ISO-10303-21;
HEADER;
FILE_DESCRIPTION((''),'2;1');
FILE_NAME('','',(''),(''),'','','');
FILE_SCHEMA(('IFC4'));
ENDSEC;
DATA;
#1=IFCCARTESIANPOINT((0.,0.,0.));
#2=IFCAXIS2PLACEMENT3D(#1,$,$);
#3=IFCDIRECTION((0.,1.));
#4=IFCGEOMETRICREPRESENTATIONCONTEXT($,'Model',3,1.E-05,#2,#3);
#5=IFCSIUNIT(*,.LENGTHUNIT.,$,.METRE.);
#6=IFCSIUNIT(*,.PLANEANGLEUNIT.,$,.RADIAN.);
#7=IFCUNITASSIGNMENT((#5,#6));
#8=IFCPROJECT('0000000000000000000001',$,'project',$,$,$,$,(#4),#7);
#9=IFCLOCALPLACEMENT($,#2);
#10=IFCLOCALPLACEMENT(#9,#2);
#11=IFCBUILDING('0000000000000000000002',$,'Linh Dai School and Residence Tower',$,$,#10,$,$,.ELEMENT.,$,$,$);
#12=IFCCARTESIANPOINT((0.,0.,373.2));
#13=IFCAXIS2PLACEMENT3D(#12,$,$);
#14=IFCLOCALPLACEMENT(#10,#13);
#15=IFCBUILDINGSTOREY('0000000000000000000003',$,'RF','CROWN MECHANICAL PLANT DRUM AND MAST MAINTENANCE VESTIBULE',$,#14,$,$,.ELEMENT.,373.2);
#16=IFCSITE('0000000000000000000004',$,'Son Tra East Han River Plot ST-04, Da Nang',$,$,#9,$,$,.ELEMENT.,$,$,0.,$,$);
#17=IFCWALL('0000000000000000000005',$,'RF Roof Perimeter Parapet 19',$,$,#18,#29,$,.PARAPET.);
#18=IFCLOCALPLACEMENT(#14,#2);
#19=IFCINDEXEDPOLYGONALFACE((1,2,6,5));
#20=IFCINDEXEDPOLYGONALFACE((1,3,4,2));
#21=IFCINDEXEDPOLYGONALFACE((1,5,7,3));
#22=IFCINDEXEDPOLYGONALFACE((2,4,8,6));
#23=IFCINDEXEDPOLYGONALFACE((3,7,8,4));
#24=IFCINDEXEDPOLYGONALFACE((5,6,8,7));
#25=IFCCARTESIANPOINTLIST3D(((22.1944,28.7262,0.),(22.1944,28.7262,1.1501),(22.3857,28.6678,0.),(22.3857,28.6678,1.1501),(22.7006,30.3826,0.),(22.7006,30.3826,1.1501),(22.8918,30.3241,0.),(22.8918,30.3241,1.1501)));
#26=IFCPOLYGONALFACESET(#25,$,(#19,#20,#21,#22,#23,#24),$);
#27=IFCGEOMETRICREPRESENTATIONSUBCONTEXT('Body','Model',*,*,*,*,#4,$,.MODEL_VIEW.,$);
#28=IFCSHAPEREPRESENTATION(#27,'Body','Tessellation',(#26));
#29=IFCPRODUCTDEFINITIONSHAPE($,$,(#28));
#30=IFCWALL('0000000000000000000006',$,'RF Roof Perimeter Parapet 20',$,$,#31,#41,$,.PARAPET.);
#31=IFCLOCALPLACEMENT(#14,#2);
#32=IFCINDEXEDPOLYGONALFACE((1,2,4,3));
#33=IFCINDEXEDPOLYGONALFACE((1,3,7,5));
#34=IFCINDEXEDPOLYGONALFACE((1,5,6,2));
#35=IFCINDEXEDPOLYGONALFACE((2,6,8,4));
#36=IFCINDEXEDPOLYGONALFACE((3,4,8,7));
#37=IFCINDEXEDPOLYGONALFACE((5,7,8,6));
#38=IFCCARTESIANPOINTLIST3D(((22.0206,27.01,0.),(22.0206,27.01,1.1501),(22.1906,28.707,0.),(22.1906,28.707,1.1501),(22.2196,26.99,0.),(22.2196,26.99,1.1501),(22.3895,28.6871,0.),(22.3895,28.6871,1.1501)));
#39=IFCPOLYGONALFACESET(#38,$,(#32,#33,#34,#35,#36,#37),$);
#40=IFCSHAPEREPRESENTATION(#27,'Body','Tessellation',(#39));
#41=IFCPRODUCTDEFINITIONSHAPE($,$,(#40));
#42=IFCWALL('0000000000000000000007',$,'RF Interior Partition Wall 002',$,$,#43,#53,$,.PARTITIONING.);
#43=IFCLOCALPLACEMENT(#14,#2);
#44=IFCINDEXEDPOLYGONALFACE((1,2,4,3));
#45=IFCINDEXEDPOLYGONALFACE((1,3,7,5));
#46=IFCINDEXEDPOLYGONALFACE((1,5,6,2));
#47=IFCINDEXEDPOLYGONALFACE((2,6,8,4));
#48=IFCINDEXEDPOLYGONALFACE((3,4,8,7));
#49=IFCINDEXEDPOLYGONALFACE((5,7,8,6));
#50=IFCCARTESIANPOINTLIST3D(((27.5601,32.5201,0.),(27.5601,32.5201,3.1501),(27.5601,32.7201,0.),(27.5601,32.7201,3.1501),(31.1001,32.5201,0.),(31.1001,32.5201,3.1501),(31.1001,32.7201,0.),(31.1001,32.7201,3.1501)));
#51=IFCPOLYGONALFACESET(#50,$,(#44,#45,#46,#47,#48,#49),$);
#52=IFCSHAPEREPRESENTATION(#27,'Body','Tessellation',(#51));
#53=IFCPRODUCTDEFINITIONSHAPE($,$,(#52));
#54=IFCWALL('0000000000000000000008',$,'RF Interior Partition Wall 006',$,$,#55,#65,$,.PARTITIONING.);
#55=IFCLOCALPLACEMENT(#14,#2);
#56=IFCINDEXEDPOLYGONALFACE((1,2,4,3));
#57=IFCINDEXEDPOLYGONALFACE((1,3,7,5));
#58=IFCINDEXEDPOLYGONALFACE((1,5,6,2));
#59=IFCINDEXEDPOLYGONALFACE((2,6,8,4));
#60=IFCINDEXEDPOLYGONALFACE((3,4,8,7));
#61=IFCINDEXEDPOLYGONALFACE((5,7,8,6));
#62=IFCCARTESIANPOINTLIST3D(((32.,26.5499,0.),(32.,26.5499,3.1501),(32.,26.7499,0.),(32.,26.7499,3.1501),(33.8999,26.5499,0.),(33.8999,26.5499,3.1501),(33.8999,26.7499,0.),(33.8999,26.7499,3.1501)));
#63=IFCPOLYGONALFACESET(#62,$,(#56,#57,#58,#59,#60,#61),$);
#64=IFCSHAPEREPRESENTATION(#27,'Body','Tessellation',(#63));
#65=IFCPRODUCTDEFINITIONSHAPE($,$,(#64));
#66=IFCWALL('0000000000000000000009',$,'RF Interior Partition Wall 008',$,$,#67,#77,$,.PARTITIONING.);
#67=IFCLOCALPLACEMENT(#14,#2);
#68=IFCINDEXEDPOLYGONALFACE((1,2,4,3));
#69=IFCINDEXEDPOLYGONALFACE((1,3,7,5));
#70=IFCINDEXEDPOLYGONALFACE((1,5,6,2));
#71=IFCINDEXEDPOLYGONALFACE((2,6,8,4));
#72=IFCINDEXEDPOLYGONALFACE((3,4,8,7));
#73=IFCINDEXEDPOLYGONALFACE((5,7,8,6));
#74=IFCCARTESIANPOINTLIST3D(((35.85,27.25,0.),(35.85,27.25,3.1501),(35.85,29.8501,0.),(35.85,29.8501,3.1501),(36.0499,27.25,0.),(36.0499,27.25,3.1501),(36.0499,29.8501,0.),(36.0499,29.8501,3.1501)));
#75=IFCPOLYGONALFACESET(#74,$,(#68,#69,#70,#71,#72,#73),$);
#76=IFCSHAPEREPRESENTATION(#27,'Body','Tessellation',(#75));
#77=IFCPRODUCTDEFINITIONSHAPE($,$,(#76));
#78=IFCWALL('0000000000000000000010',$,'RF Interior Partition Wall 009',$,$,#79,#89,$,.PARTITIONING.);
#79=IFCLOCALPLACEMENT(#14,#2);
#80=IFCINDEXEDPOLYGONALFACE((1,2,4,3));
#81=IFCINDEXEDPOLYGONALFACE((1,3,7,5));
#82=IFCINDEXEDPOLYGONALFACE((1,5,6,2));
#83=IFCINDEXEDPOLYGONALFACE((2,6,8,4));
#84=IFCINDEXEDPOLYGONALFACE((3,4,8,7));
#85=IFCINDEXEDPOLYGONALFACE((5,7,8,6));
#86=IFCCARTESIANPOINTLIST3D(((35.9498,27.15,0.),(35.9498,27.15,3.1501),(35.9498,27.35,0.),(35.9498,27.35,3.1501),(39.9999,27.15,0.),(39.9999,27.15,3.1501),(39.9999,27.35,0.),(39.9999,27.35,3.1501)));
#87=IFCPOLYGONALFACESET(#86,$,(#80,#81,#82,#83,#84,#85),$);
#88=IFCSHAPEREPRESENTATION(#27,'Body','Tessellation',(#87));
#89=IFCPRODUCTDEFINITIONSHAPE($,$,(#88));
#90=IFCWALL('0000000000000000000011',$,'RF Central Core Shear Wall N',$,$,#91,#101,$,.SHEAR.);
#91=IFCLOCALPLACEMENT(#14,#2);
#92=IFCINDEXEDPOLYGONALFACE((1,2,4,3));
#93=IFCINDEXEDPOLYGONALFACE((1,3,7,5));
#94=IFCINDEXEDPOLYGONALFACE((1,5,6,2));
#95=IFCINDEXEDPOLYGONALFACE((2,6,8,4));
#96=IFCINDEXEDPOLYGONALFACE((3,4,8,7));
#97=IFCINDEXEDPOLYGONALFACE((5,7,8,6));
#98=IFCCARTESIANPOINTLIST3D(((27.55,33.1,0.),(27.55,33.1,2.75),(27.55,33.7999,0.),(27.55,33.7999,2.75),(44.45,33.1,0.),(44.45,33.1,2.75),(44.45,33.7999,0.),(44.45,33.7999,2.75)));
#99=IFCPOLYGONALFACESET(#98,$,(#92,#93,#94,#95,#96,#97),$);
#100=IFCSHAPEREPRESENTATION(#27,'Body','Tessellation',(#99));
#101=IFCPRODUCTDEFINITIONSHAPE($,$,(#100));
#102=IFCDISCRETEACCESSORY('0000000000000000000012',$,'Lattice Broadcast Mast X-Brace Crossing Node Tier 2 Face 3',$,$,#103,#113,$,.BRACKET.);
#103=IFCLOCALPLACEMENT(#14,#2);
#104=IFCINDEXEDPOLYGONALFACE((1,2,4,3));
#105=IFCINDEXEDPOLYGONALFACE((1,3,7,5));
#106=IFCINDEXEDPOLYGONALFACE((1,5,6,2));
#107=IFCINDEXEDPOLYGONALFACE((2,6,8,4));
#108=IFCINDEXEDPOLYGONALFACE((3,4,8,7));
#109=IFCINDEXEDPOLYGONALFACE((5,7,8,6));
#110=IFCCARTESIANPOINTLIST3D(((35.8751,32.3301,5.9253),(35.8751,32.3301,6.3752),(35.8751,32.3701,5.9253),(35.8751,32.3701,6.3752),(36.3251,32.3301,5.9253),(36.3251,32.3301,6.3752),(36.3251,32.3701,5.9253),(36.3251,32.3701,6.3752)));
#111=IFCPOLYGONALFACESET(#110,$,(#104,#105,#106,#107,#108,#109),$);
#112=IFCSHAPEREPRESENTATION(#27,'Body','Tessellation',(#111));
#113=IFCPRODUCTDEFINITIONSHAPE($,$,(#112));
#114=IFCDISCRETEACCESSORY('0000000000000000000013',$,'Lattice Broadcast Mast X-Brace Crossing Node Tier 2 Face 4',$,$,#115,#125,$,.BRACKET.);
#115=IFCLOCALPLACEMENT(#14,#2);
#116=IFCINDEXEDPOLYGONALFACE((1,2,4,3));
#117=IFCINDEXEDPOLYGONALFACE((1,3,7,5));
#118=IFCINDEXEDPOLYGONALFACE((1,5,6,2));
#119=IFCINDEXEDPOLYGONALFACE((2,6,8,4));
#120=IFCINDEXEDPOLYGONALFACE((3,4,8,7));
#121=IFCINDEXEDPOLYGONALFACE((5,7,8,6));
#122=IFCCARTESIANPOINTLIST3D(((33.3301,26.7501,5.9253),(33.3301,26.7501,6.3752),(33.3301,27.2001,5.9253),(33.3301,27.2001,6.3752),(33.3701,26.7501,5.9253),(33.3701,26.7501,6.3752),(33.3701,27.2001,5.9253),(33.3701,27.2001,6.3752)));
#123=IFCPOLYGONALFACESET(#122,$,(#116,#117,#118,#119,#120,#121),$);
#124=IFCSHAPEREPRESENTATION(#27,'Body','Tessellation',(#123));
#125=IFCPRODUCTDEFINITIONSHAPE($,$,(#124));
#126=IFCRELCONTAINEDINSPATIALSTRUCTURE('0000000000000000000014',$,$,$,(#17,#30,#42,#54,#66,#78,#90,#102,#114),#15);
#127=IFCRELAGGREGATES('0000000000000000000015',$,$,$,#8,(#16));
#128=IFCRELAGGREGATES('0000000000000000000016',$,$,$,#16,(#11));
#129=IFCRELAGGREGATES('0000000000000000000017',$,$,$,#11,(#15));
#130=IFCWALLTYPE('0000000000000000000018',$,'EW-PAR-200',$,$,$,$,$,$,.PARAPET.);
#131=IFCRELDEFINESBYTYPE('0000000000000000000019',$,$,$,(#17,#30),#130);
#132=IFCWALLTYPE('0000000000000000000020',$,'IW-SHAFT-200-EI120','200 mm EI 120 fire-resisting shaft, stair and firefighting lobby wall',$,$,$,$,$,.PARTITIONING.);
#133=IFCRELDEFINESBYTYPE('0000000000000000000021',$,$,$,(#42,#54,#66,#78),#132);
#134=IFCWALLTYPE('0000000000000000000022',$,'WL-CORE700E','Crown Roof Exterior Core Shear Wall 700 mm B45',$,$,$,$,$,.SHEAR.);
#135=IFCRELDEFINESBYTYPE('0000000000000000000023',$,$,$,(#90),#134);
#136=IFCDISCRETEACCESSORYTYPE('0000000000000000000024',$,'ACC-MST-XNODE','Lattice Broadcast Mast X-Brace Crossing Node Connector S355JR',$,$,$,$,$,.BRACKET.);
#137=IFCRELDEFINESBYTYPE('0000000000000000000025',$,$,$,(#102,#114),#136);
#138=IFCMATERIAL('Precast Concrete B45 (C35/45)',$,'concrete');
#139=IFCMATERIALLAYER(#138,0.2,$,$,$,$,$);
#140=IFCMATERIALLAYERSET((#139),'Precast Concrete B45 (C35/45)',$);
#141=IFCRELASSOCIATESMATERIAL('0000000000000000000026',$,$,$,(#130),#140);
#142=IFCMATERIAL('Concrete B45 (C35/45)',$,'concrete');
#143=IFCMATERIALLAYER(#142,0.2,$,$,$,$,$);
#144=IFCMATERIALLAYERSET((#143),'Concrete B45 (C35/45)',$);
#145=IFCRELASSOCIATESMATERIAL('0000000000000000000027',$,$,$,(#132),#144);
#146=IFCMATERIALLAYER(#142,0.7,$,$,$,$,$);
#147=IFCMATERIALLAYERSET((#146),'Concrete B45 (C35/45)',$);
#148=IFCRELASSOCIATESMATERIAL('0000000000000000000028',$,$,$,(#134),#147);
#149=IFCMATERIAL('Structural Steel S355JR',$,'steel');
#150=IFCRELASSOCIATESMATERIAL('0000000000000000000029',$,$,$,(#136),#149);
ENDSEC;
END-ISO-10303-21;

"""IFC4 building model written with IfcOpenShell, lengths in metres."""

from ifc_helpers import new_model, si_unit, direction, frame, frame_2d, origin, origin_2d, place, context, subcontext, project, spatial, rectangle, extrude, source, transform, mapped, material, layer, layer_set, type_object, element, save


model = new_model("IFC4")

# Units and contexts
model_context = context("Model", 3, precision=1e-05, world=origin(), true_north=direction((0.0, 1.0)))
body_context = subcontext(model_context, "Body", "Model", "MODEL_VIEW")
ifc_project = project(units=[si_unit("LENGTHUNIT", "METRE"), si_unit("PLANEANGLEUNIT", "RADIAN")], contexts=[model_context])

# Site, building, storey
site_placement = place(None, origin())
site = spatial("IfcSite", under=ifc_project, at=site_placement, Name="Son Tra East Han River Plot ST-04, Da Nang", CompositionType="ELEMENT", RefElevation=0.0)
building_placement = place(site_placement, origin())
building = spatial("IfcBuilding", under=site, at=building_placement, Name="Linh Dai School and Residence Tower", CompositionType="ELEMENT")
storey_placement = place(building_placement, frame((0.0, 0.0, 373.2)))
storey = spatial("IfcBuildingStorey", under=building, at=storey_placement, Name="RF", Description="CROWN MECHANICAL PLANT DRUM AND MAST MAINTENANCE VESTIBULE", CompositionType="ELEMENT", Elevation=373.2)

# Shared definitions
ifc_material_1 = material(Name="Concrete B45 (C35/45)", Category="concrete")
ifc_material_2 = material(Name="Structural Steel S355JR", Category="steel")

# Walls
ifc_material_3 = material(Name="Precast Concrete B45 (C35/45)", Category="concrete")
ifc_layer_1 = layer(ifc_material_3, 0.2)
ifc_layer_set_1 = layer_set([ifc_layer_1], Name="Precast Concrete B45 (C35/45)")
wall_type_1 = type_object("IfcWallType", Name="EW-PAR-200", PredefinedType="PARAPET", material=ifc_layer_set_1)
wall_1_placement = place(storey_placement, frame((22.29, 28.697, 0.0), z_axis=(0.0, 0.0, 1.0), x_axis=(0.292233, 0.956347, 0.0)))
element("IfcWall", 1, at=wall_1_placement, inside=storey, type_object=wall_type_1, Name="RF Roof Perimeter Parapet 19", PredefinedType="PARAPET", context=body_context, shape_type="SweptSolid", body=[
    extrude(rectangle(XDim=1.7319, YDim=0.2, at=frame_2d((0.866, 0.0))), origin(), (0.0, 0.0, 1.0), 1.1501),
])
wall_2_placement = place(storey_placement, frame((22.1201, 27.0, 0.0), z_axis=(0.0, 0.0, 1.0), x_axis=(0.099631, 0.995024, 0.0)))
element("IfcWall", 2, at=wall_2_placement, inside=storey, type_object=wall_type_1, Name="RF Roof Perimeter Parapet 20", PredefinedType="PARAPET", context=body_context, shape_type="SweptSolid", body=[
    extrude(rectangle(XDim=1.7056, YDim=0.2, at=frame_2d((0.8528, 0.0))), origin(), (0.0, 0.0, 1.0), 1.1501),
])
ifc_layer_2 = layer(ifc_material_1, 0.2)
ifc_layer_set_2 = layer_set([ifc_layer_2], Name="Concrete B45 (C35/45)")
wall_type_2 = type_object("IfcWallType", Name="IW-SHAFT-200-EI120", Description="200 mm EI 120 fire-resisting shaft, stair and firefighting lobby wall", PredefinedType="PARTITIONING", material=ifc_layer_set_2)
wall_3_placement = place(storey_placement, frame((27.5601, 32.6201, 0.0), z_axis=(0.0, 0.0, 1.0), x_axis=(1.0, 0.0, 0.0)))
element("IfcWall", 3, at=wall_3_placement, inside=storey, type_object=wall_type_2, Name="RF Interior Partition Wall 002", PredefinedType="PARTITIONING", context=body_context, shape_type="SweptSolid", body=[
    extrude(rectangle(XDim=3.54, YDim=0.2, at=frame_2d((1.77, 0.0))), origin(), (0.0, 0.0, 1.0), 3.1501),
])
wall_4_placement = place(storey_placement, frame((32.0, 26.6499, 0.0), z_axis=(0.0, 0.0, 1.0), x_axis=(1.0, 0.0, 0.0)))
element("IfcWall", 4, at=wall_4_placement, inside=storey, type_object=wall_type_2, Name="RF Interior Partition Wall 006", PredefinedType="PARTITIONING", context=body_context, shape_type="SweptSolid", body=[
    extrude(rectangle(XDim=1.8999, YDim=0.2, at=frame_2d((0.95, 0.0))), origin(), (0.0, 0.0, 1.0), 3.1501),
])
wall_5_placement = place(storey_placement, frame((35.95, 27.25, 0.0), z_axis=(0.0, 0.0, 1.0), x_axis=(0.0, 1.0, 0.0)))
element("IfcWall", 5, at=wall_5_placement, inside=storey, type_object=wall_type_2, Name="RF Interior Partition Wall 008", PredefinedType="PARTITIONING", context=body_context, shape_type="SweptSolid", body=[
    extrude(rectangle(XDim=2.6001, YDim=0.2, at=frame_2d((1.3, 0.0))), origin(), (0.0, 0.0, 1.0), 3.1501),
])
wall_6_placement = place(storey_placement, frame((35.95, 27.25, 0.0), z_axis=(0.0, 0.0, 1.0), x_axis=(1.0, 0.0, 0.0)))
element("IfcWall", 6, at=wall_6_placement, inside=storey, type_object=wall_type_2, Name="RF Interior Partition Wall 009", PredefinedType="PARTITIONING", context=body_context, shape_type="SweptSolid", body=[
    extrude(rectangle(XDim=4.05, YDim=0.2, at=frame_2d((2.0249, 0.0))), origin(), (0.0, 0.0, 1.0), 3.1501),
])

# Wall
ifc_layer_3 = layer(ifc_material_1, 0.7)
ifc_layer_set_3 = layer_set([ifc_layer_3], Name="Concrete B45 (C35/45)")
wall_type_3 = type_object("IfcWallType", Name="WL-CORE700E", Description="Crown Roof Exterior Core Shear Wall 700 mm B45", PredefinedType="SHEAR", material=ifc_layer_set_3)
wall_7_placement = place(storey_placement, frame((27.55, 33.45, 0.0), z_axis=(0.0, 0.0, 1.0), x_axis=(1.0, 0.0, 0.0)))
element("IfcWall", 7, at=wall_7_placement, inside=storey, type_object=wall_type_3, Name="RF Central Core Shear Wall N", PredefinedType="SHEAR", context=body_context, shape_type="SweptSolid", body=[
    extrude(rectangle(XDim=16.8999, YDim=0.7, at=frame_2d((8.45, 0.0))), origin(), (0.0, 0.0, 1.0), 2.75),
])

# Discrete accessories
discrete_accessory_type = type_object("IfcDiscreteAccessoryType", Name="ACC-MST-XNODE", Description="Lattice Broadcast Mast X-Brace Crossing Node Connector S355JR", PredefinedType="BRACKET", material=ifc_material_2)
shared_shape_1 = source(origin(), body_context, "Body", "SweptSolid", [
    extrude(rectangle(XDim=0.45, YDim=0.04, at=origin_2d()), origin(), (0.0, 0.0, 1.0), 0.45),
])
for number, where, z_axis, x_axis, name in (
    (8, (36.1001, 32.3501, 5.9253), (0.0, 0.0, 1.0), (-1.0, 0.0, 0.0), "Lattice Broadcast Mast X-Brace Crossing Node Tier 2 Face 3"),
    (9, (33.3501, 26.9751, 5.9253), (0.0, 0.0, 1.0), (0.0, -1.0, 0.0), "Lattice Broadcast Mast X-Brace Crossing Node Tier 2 Face 4"),
):
    element("IfcDiscreteAccessory", number, at=place(storey_placement, frame(where, z_axis=z_axis, x_axis=x_axis)), inside=storey, type_object=discrete_accessory_type, Name=name, PredefinedType="BRACKET", context=body_context, shape_type="MappedRepresentation", body=[
        mapped(shared_shape_1, transform((0.0, 0.0, 0.0), x_axis=(1.0, 0.0, 0.0), y_axis=(0.0, 1.0, 0.0), z_axis=(0.0, 0.0, 1.0), scale=1.0)),
    ])

save(model, "model.ifc")
